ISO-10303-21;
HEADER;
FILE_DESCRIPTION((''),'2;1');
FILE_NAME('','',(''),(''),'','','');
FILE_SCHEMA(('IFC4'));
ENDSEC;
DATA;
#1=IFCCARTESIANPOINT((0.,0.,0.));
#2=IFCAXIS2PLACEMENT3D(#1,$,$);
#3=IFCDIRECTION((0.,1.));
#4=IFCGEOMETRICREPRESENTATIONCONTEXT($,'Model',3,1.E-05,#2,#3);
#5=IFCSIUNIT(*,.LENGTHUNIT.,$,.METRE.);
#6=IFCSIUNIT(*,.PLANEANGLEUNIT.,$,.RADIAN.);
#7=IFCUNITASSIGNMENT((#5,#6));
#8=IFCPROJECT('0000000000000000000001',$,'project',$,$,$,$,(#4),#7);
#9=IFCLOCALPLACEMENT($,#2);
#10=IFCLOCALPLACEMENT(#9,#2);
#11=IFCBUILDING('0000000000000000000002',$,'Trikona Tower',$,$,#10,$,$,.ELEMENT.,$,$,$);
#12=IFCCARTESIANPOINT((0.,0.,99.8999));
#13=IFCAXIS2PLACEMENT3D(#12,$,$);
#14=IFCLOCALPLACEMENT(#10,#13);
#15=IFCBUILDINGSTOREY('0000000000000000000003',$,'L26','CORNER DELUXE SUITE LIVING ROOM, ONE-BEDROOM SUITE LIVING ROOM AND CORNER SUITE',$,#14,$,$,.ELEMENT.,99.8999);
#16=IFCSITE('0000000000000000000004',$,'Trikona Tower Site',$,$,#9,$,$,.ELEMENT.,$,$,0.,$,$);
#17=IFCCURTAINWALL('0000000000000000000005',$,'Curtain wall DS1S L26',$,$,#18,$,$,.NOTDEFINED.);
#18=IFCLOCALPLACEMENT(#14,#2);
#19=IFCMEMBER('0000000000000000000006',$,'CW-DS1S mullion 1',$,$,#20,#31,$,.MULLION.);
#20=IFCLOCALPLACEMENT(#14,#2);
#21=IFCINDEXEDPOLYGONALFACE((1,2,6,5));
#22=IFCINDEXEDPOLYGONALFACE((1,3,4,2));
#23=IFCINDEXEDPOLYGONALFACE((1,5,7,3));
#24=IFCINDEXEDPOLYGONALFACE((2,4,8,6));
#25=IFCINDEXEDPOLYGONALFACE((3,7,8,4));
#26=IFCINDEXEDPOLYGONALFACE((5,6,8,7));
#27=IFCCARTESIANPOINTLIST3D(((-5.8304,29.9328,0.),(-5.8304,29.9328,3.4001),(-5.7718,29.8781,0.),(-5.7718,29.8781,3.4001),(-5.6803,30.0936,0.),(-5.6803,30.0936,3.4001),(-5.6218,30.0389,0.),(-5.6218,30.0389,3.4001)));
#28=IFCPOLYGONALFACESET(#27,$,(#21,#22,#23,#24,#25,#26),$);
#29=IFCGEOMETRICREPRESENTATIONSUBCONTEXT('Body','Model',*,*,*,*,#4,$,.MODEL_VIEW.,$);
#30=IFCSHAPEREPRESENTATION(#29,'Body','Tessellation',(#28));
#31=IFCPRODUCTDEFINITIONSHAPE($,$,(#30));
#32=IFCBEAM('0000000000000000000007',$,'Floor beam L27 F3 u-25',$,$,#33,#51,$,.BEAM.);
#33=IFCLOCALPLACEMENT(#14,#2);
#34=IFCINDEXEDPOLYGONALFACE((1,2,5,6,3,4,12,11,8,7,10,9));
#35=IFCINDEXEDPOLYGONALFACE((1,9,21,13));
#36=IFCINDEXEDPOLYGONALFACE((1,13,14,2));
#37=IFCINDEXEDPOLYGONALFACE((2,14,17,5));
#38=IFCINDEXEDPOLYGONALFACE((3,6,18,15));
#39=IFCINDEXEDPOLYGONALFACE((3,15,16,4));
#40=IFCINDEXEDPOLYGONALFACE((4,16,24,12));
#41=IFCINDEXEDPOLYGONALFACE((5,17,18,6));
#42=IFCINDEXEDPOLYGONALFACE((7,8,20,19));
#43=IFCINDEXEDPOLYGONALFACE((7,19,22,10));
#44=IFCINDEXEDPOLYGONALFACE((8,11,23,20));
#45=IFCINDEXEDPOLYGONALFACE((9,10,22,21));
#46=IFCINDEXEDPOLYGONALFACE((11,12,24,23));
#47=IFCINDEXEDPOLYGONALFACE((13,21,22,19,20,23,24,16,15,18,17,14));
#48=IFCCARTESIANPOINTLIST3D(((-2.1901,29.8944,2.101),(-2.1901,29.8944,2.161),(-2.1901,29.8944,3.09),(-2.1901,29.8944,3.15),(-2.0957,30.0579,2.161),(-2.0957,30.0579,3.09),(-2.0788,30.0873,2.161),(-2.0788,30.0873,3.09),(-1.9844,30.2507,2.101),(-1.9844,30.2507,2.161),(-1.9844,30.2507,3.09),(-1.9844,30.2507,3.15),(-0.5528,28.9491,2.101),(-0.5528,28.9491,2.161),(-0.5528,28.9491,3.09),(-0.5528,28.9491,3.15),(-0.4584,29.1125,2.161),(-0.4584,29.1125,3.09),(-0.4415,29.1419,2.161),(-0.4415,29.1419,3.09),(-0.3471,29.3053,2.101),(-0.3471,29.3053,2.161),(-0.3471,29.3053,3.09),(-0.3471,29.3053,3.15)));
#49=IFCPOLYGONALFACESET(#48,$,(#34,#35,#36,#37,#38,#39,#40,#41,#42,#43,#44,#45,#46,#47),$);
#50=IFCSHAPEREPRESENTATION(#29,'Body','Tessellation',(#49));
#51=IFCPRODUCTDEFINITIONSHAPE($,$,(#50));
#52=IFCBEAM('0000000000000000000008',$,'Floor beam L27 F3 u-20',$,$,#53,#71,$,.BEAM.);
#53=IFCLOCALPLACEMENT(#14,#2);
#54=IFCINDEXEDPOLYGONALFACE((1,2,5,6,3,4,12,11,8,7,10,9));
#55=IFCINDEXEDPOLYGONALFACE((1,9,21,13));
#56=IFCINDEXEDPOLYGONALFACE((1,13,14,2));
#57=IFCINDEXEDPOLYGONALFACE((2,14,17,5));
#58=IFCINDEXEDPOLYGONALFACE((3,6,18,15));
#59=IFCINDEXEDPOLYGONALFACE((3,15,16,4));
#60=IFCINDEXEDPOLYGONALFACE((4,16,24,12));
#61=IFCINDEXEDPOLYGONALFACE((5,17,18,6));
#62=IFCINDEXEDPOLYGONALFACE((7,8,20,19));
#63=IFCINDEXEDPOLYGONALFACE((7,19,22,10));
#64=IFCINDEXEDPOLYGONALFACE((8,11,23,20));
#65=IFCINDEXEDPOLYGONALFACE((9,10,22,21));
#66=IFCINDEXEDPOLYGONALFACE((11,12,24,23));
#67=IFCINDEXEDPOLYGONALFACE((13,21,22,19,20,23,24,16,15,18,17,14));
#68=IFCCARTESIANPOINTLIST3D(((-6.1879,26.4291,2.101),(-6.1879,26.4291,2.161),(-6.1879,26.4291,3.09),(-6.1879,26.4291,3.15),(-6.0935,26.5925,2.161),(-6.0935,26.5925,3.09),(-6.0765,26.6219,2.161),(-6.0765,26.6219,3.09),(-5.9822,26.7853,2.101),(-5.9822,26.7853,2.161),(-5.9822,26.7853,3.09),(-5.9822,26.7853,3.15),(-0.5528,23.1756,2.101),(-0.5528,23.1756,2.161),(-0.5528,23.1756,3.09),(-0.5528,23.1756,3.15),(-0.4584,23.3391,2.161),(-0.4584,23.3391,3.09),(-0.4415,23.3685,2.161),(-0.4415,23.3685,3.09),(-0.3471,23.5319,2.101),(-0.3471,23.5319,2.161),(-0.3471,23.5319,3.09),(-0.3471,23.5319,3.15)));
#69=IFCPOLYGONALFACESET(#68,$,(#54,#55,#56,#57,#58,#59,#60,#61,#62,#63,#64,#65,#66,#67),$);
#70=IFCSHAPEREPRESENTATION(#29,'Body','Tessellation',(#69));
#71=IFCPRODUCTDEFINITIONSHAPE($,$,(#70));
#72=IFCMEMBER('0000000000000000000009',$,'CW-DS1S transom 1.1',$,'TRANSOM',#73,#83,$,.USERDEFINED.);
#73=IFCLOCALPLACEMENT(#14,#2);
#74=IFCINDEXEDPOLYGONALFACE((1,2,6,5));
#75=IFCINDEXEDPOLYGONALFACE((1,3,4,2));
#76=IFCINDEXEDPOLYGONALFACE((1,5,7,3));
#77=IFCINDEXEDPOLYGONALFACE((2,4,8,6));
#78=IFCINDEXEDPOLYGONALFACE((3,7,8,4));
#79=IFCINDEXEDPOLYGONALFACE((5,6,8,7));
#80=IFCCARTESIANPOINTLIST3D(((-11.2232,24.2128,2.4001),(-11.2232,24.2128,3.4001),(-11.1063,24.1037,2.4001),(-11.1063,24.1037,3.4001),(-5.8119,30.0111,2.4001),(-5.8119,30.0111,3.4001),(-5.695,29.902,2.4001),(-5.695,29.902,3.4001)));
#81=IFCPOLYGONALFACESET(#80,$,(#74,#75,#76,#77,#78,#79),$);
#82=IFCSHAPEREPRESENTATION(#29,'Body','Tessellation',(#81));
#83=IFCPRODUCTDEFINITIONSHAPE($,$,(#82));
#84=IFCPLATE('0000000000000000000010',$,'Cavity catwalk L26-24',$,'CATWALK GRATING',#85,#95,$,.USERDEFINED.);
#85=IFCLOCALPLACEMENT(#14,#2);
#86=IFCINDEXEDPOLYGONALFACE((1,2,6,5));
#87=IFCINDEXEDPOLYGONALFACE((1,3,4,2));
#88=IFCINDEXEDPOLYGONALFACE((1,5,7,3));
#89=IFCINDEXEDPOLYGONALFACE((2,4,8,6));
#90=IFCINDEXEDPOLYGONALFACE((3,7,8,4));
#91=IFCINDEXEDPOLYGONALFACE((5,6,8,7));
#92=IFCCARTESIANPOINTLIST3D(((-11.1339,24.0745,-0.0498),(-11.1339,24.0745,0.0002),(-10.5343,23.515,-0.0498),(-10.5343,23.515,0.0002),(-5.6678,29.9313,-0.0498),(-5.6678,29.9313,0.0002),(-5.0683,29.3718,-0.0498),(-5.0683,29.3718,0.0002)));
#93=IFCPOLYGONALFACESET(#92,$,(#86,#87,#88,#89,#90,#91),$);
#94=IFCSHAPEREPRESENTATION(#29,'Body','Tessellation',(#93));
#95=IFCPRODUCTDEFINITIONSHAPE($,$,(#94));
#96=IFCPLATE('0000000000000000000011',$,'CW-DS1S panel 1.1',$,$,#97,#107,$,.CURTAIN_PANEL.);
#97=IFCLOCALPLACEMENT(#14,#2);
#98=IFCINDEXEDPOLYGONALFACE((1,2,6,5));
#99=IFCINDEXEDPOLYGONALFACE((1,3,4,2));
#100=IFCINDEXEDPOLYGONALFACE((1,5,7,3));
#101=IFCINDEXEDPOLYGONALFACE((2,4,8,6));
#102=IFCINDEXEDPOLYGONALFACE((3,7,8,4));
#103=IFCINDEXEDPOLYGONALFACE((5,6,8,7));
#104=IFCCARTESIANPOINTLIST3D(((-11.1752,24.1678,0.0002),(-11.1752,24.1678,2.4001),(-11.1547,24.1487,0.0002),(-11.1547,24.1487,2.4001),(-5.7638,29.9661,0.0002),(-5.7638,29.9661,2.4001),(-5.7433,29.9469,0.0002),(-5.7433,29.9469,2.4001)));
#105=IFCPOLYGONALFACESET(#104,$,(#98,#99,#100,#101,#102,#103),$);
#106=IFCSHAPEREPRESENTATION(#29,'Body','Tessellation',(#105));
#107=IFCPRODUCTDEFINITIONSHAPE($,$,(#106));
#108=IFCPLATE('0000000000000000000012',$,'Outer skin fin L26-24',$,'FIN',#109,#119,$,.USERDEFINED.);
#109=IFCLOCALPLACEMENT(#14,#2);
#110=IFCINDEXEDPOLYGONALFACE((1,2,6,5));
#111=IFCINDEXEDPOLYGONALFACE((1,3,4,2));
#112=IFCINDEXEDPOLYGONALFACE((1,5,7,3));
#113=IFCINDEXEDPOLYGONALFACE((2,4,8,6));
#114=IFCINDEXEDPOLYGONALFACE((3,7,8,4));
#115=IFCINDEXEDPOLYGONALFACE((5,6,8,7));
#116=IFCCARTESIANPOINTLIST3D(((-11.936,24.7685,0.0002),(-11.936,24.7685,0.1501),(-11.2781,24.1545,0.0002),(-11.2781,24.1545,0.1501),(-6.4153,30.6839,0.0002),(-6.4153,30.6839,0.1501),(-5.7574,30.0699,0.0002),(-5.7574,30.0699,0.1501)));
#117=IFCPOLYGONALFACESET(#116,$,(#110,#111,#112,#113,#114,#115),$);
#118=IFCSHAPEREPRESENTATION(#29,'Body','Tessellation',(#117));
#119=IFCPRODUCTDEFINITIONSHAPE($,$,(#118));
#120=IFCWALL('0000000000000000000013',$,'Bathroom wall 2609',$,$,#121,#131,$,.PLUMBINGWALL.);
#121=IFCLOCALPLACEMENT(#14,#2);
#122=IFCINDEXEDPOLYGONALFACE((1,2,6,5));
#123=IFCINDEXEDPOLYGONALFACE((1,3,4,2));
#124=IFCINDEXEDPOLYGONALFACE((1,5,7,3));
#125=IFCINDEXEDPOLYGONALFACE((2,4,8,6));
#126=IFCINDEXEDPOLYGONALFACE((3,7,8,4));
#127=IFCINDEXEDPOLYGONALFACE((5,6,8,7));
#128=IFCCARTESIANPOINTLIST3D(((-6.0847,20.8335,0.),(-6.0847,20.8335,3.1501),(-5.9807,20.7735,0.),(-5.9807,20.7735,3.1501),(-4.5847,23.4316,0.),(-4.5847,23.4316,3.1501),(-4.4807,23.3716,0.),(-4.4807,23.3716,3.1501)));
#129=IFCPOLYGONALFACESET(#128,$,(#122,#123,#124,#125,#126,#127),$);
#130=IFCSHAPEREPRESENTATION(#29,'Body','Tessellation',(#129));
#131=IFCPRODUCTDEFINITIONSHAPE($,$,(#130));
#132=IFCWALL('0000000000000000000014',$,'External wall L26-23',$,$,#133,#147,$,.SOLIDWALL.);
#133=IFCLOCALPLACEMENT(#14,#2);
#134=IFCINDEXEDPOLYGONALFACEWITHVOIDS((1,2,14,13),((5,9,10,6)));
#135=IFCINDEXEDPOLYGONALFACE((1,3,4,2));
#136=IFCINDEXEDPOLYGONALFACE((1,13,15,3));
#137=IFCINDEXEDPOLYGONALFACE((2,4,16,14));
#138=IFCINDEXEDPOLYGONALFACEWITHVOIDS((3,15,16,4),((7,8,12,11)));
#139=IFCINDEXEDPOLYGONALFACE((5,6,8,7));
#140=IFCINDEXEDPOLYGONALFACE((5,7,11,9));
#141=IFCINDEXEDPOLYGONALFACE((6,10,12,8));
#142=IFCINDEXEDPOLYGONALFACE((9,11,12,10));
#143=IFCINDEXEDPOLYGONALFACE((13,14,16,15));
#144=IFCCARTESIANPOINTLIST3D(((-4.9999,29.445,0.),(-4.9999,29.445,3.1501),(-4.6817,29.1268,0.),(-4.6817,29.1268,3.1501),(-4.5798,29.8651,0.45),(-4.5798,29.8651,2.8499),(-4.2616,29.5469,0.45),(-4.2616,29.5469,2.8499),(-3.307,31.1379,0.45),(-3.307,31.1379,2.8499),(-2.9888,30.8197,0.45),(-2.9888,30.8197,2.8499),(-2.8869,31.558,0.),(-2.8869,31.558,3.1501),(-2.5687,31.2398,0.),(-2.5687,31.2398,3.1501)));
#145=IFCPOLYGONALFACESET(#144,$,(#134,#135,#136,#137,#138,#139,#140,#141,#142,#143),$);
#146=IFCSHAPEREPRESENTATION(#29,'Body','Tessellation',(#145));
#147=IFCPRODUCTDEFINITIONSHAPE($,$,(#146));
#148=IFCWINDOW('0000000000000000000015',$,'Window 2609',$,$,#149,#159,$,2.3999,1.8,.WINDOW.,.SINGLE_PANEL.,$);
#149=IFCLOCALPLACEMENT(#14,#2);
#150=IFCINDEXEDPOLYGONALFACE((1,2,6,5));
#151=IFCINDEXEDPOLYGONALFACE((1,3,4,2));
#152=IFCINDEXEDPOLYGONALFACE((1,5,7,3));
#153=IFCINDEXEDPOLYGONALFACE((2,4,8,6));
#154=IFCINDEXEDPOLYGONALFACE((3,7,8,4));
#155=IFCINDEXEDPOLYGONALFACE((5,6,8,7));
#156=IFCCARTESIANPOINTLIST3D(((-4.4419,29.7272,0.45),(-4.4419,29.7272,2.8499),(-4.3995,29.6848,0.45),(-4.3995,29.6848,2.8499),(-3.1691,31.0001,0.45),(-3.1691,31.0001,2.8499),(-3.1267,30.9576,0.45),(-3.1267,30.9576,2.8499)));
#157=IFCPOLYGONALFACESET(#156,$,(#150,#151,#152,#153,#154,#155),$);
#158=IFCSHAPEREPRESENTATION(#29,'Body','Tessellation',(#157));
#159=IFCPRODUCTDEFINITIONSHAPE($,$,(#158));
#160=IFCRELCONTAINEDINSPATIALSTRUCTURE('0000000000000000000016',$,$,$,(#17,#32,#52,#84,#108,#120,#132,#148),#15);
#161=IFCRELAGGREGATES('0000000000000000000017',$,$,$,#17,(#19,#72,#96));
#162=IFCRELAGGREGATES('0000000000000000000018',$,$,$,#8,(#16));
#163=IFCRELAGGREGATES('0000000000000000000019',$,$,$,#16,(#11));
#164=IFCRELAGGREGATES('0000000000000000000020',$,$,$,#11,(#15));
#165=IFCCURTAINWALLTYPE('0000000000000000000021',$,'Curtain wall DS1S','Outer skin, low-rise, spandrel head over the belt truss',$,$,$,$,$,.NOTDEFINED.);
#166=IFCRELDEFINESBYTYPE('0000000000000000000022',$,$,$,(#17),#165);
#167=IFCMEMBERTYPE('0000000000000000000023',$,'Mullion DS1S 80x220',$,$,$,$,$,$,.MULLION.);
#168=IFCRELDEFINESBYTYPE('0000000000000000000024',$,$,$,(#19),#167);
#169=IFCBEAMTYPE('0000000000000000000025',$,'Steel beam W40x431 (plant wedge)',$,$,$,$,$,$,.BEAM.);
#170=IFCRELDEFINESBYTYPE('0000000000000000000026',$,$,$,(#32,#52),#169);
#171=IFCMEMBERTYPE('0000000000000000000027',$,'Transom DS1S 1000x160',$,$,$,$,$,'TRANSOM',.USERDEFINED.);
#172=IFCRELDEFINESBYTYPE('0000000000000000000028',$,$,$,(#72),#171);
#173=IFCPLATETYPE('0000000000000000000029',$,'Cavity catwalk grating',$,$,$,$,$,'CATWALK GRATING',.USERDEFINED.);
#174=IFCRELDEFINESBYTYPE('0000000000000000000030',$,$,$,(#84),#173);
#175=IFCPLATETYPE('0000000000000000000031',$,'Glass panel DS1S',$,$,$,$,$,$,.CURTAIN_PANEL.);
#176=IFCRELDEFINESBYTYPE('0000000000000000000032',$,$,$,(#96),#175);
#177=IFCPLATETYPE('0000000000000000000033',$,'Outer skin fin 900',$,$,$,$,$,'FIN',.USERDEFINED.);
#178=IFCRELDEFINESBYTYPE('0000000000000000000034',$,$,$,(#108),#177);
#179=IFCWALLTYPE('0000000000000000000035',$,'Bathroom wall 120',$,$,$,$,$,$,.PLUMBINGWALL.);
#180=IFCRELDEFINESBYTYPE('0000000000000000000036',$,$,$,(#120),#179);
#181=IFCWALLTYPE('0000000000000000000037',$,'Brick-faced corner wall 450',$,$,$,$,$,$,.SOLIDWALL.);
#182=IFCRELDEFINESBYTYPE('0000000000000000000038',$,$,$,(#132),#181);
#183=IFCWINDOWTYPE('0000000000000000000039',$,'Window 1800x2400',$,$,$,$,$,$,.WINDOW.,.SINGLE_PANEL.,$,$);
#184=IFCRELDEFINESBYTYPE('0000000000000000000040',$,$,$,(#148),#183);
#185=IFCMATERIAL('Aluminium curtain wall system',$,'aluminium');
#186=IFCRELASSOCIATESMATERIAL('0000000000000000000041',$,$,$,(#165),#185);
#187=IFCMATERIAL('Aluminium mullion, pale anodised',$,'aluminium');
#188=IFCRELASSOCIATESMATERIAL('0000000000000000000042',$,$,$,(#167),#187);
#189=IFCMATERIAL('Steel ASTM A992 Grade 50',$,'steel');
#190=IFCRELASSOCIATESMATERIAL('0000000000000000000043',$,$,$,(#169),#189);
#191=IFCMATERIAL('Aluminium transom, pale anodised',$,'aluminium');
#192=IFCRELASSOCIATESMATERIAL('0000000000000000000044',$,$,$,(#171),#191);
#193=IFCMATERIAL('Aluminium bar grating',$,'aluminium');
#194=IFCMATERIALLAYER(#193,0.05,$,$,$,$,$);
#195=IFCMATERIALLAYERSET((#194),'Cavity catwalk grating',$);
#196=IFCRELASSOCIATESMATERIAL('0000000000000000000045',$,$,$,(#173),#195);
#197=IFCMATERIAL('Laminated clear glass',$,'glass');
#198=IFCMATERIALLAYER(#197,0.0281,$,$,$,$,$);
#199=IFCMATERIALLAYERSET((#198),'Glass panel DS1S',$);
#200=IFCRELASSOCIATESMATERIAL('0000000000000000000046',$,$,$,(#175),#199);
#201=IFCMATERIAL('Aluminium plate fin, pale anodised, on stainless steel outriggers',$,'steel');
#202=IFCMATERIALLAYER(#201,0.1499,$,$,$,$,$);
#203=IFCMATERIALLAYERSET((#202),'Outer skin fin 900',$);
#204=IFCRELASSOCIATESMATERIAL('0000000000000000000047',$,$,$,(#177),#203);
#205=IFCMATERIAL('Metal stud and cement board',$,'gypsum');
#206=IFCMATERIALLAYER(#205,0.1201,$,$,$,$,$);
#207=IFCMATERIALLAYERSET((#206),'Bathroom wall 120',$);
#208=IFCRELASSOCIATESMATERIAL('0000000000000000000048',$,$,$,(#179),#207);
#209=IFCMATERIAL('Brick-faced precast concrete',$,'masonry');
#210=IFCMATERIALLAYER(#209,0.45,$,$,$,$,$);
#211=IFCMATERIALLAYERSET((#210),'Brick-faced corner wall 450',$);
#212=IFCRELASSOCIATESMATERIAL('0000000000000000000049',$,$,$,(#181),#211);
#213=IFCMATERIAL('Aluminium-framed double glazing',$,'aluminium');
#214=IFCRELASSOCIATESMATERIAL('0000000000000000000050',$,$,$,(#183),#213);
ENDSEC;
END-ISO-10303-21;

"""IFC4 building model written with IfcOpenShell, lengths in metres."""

from ifc_helpers import new_model, si_unit, direction, frame, frame_2d, origin, origin_2d, place, context, subcontext, project, spatial, rectangle, i_section, extrude, material, layer, layer_set, material_profile, profile_set, type_object, element, fill, aggregate, save


model = new_model("IFC4")

# Units and contexts
model_context = context("Model", 3, precision=1e-05, world=origin(), true_north=direction((0.0, 1.0)))
body_context = subcontext(model_context, "Body", "Model", "MODEL_VIEW")
ifc_project = project(units=[si_unit("LENGTHUNIT", "METRE"), si_unit("PLANEANGLEUNIT", "RADIAN")], contexts=[model_context])

# Site, building, storey
site_placement = place(None, origin())
site = spatial("IfcSite", under=ifc_project, at=site_placement, Name="Trikona Tower Site", CompositionType="ELEMENT", RefElevation=0.0)
building_placement = place(site_placement, origin())
building = spatial("IfcBuilding", under=site, at=building_placement, Name="Trikona Tower", CompositionType="ELEMENT")
storey_placement = place(building_placement, frame((0.0, 0.0, 99.8999)))
storey = spatial("IfcBuildingStorey", under=building, at=storey_placement, Name="L26", Description="CORNER DELUXE SUITE LIVING ROOM, ONE-BEDROOM SUITE LIVING ROOM AND CORNER SUITE", CompositionType="ELEMENT", Elevation=99.8999)

# Curtain wall, member
ifc_material_1 = material(Name="Aluminium curtain wall system", Category="aluminium")
curtain_wall_type = type_object("IfcCurtainWallType", Name="Curtain wall DS1S", Description="Outer skin, low-rise, spandrel head over the belt truss", PredefinedType="NOTDEFINED", material=ifc_material_1)
curtain_wall_placement = place(storey_placement, origin())
curtain_wall = element("IfcCurtainWall", 1, at=curtain_wall_placement, inside=storey, type_object=curtain_wall_type, Name="Curtain wall DS1S L26", PredefinedType="NOTDEFINED")
ifc_material_2 = material(Name="Aluminium mullion, pale anodised", Category="aluminium")
ifc_material_profile_1 = material_profile(ifc_material_2, rectangle(XDim=0.0801, YDim=0.22, at=origin_2d()), Name="MUL-DS1S")
ifc_profile_set_1 = profile_set([ifc_material_profile_1], Name="Aluminium mullion, pale anodised")
member_type_1 = type_object("IfcMemberType", Name="Mullion DS1S 80x220", PredefinedType="MULLION", material=ifc_profile_set_1)
member_1_placement = place(storey_placement, frame((-5.7261, 29.9858, 0.0), z_axis=(0.0, 0.0, 1.0), x_axis=(0.731077, -0.682295, 0.0)))
member_1 = element("IfcMember", 2, at=member_1_placement, type_object=member_type_1, Name="CW-DS1S mullion 1", PredefinedType="MULLION", context=body_context, shape_type="SweptSolid", body=[
    extrude(rectangle(XDim=0.0801, YDim=0.22, at=origin_2d()), origin(), (0.0, 0.0, 1.0), 3.4001),
])

# Beams
ifc_material_3 = material(Name="Steel ASTM A992 Grade 50", Category="steel")
ifc_material_profile_2 = material_profile(ifc_material_3, i_section(OverallWidth=0.4114, OverallDepth=1.0491, WebThickness=0.0339, FlangeThickness=0.0601, at=origin_2d()), Name="W40X431")
ifc_profile_set_2 = profile_set([ifc_material_profile_2], Name="Steel ASTM A992 Grade 50")
beam_type = type_object("IfcBeamType", Name="Steel beam W40x431 (plant wedge)", PredefinedType="BEAM", material=ifc_profile_set_2)
beam_1_placement = place(storey_placement, frame((-0.45, 29.1272, 2.6255), z_axis=(-0.866009, 0.500028, 0.0), x_axis=(-0.500028, -0.866009, 0.0)))
element("IfcBeam", 3, at=beam_1_placement, inside=storey, type_object=beam_type, Name="Floor beam L27 F3 u-25", PredefinedType="BEAM", context=body_context, shape_type="SweptSolid", body=[
    extrude(i_section(OverallWidth=0.4114, OverallDepth=1.0491, WebThickness=0.0339, FlangeThickness=0.0601, at=origin_2d()), origin(), (0.0, 0.0, 1.0), 1.8906),
])
beam_2_placement = place(storey_placement, frame((-0.45, 23.3538, 2.6255), z_axis=(-0.866023, 0.500005, 0.0), x_axis=(-0.500005, -0.866023, 0.0)))
element("IfcBeam", 4, at=beam_2_placement, inside=storey, type_object=beam_type, Name="Floor beam L27 F3 u-20", PredefinedType="BEAM", context=body_context, shape_type="SweptSolid", body=[
    extrude(i_section(OverallWidth=0.4114, OverallDepth=1.0491, WebThickness=0.0339, FlangeThickness=0.0601, at=origin_2d()), origin(), (0.0, 0.0, 1.0), 6.5068),
])

# Member
ifc_material_4 = material(Name="Aluminium transom, pale anodised", Category="aluminium")
ifc_material_profile_3 = material_profile(ifc_material_4, rectangle(XDim=0.1599, YDim=1.0, at=origin_2d()), Name="TRN-DS1S")
ifc_profile_set_3 = profile_set([ifc_material_profile_3], Name="Aluminium transom, pale anodised")
member_type_2 = type_object("IfcMemberType", Name="Transom DS1S 1000x160", ElementType="TRANSOM", PredefinedType="USERDEFINED", material=ifc_profile_set_3)
member_2_placement = place(storey_placement, frame((-5.7534, 29.9565, 2.9001), z_axis=(-0.682291, -0.731081, 0.0), x_axis=(0.731081, -0.682291, 0.0)))
member_2 = element("IfcMember", 5, at=member_2_placement, type_object=member_type_2, Name="CW-DS1S transom 1.1", ObjectType="TRANSOM", PredefinedType="USERDEFINED", context=body_context, shape_type="SweptSolid", body=[
    extrude(rectangle(XDim=0.1599, YDim=1.0, at=origin_2d()), origin(), (0.0, 0.0, 1.0), 7.9312),
])

# Plates
ifc_material_5 = material(Name="Aluminium bar grating", Category="aluminium")
ifc_layer_1 = layer(ifc_material_5, 0.05)
ifc_layer_set_1 = layer_set([ifc_layer_1], Name="Cavity catwalk grating")
plate_type_1 = type_object("IfcPlateType", Name="Cavity catwalk grating", ElementType="CATWALK GRATING", PredefinedType="USERDEFINED", material=ifc_layer_set_1)
plate_1_placement = place(storey_placement, frame((-8.1011, 26.7231, -0.0498), z_axis=(0.0, 0.0, 1.0), x_axis=(-0.682298, -0.731074, 0.0)))
element("IfcPlate", 6, at=plate_1_placement, inside=storey, type_object=plate_type_1, Name="Cavity catwalk L26-24", ObjectType="CATWALK GRATING", PredefinedType="USERDEFINED", context=body_context, shape_type="SweptSolid", body=[
    extrude(rectangle(XDim=8.0112, YDim=0.8201, at=origin_2d()), origin(), (0.0, 0.0, 1.0), 0.05),
])
ifc_material_6 = material(Name="Laminated clear glass", Category="glass")
ifc_layer_2 = layer(ifc_material_6, 0.0281)
ifc_layer_set_2 = layer_set([ifc_layer_2], Name="Glass panel DS1S")
plate_type_2 = type_object("IfcPlateType", Name="Glass panel DS1S", PredefinedType="CURTAIN_PANEL", material=ifc_layer_set_2)
plate_2_placement = place(storey_placement, frame((-8.4592, 27.0574, 0.0002), z_axis=(0.0, 0.0, 1.0), x_axis=(-0.682295, -0.731077, 0.0)))
plate_2 = element("IfcPlate", 7, at=plate_2_placement, type_object=plate_type_2, Name="CW-DS1S panel 1.1", PredefinedType="CURTAIN_PANEL", context=body_context, shape_type="SweptSolid", body=[
    extrude(rectangle(XDim=7.9312, YDim=0.0281, at=origin_2d()), origin(), (0.0, 0.0, 1.0), 2.3999),
])
aggregate(curtain_wall, [member_1, member_2, plate_2])
ifc_material_7 = material(Name="Aluminium plate fin, pale anodised, on stainless steel outriggers", Category="steel")
ifc_layer_3 = layer(ifc_material_7, 0.1499)
ifc_layer_set_3 = layer_set([ifc_layer_3], Name="Outer skin fin 900")
plate_type_3 = type_object("IfcPlateType", Name="Outer skin fin 900", ElementType="FIN", PredefinedType="USERDEFINED", material=ifc_layer_set_3)
plate_3_placement = place(storey_placement, frame((-8.8467, 27.4192, 0.0002), z_axis=(0.0, 0.0, 1.0), x_axis=(-0.682298, -0.731074, 0.0)))
element("IfcPlate", 8, at=plate_3_placement, inside=storey, type_object=plate_type_3, Name="Outer skin fin L26-24", ObjectType="FIN", PredefinedType="USERDEFINED", context=body_context, shape_type="SweptSolid", body=[
    extrude(rectangle(XDim=8.0913, YDim=0.8999, at=origin_2d()), origin(), (0.0, 0.0, 1.0), 0.1499),
])

# Wall
ifc_material_8 = material(Name="Metal stud and cement board", Category="gypsum")
ifc_layer_4 = layer(ifc_material_8, 0.1201)
ifc_layer_set_4 = layer_set([ifc_layer_4], Name="Bathroom wall 120")
wall_type_1 = type_object("IfcWallType", Name="Bathroom wall 120", PredefinedType="PLUMBINGWALL", material=ifc_layer_set_4)
wall_1_placement = place(storey_placement, frame((-4.5327, 23.4016, 0.0), z_axis=(0.0, 0.0, 1.0), x_axis=(-0.49999, -0.866031, 0.0)))
element("IfcWall", 9, at=wall_1_placement, inside=storey, type_object=wall_type_1, Name="Bathroom wall 2609", PredefinedType="PLUMBINGWALL", context=body_context, shape_type="SweptSolid", body=[
    extrude(rectangle(XDim=3.0, YDim=0.1201, at=frame_2d((1.5, 0.0))), origin(), (0.0, 0.0, 1.0), 3.1501),
])

# Wall, opening, window
ifc_material_9 = material(Name="Brick-faced precast concrete", Category="masonry")
ifc_layer_5 = layer(ifc_material_9, 0.45)
ifc_layer_set_5 = layer_set([ifc_layer_5], Name="Brick-faced corner wall 450")
wall_type_2 = type_object("IfcWallType", Name="Brick-faced corner wall 450", PredefinedType="SOLIDWALL", material=ifc_layer_set_5)
wall_2_placement = place(storey_placement, frame((-2.7278, 31.3989, 0.0), z_axis=(0.0, 0.0, 1.0), x_axis=(-0.707107, -0.707107, 0.0)))
wall_2 = element("IfcWall", 10, at=wall_2_placement, inside=storey, type_object=wall_type_2, Name="External wall L26-23", PredefinedType="SOLIDWALL", context=body_context, shape_type="SweptSolid", body=[
    extrude(rectangle(XDim=2.9883, YDim=0.45, at=frame_2d((1.4941, 0.0))), origin(), (0.0, 0.0, 1.0), 3.1501),
])
opening_1_placement = place(wall_2_placement, frame((0.5942, 0.0, 0.45)))
opening_1 = element("IfcOpeningElement", 11, at=opening_1_placement, cuts=wall_2, PredefinedType="OPENING", context=body_context, shape_type="SweptSolid", body=[
    extrude(rectangle(XDim=1.8, YDim=2.3999, at=frame_2d((0.8999, 1.2))), frame((0.0, 0.2349, 0.0), z_axis=(0.0, -1.0, 0.0), x_axis=(1.0, 0.0, 0.0)), (0.0, 0.0, 1.0), 0.47),
])
ifc_material_10 = material(Name="Aluminium-framed double glazing", Category="aluminium")
window_type_1 = type_object("IfcWindowType", Name="Window 1800x2400", PartitioningType="SINGLE_PANEL", PredefinedType="WINDOW", material=ifc_material_10)
window_1_placement = place(opening_1_placement, origin())
window_1 = element("IfcWindow", 12, at=window_1_placement, inside=storey, type_object=window_type_1, Name="Window 2609", OverallHeight=2.3999, OverallWidth=1.8, PartitioningType="SINGLE_PANEL", PredefinedType="WINDOW", context=body_context, shape_type="SweptSolid", body=[
    extrude(rectangle(XDim=1.8, YDim=2.3999, at=frame_2d((0.8999, 1.2))), frame((0.0, 0.03, 0.0), z_axis=(0.0, -1.0, 0.0), x_axis=(1.0, 0.0, 0.0)), (0.0, 0.0, 1.0), 0.0601),
])
fill(opening_1, window_1)

save(model, "model.ifc")
